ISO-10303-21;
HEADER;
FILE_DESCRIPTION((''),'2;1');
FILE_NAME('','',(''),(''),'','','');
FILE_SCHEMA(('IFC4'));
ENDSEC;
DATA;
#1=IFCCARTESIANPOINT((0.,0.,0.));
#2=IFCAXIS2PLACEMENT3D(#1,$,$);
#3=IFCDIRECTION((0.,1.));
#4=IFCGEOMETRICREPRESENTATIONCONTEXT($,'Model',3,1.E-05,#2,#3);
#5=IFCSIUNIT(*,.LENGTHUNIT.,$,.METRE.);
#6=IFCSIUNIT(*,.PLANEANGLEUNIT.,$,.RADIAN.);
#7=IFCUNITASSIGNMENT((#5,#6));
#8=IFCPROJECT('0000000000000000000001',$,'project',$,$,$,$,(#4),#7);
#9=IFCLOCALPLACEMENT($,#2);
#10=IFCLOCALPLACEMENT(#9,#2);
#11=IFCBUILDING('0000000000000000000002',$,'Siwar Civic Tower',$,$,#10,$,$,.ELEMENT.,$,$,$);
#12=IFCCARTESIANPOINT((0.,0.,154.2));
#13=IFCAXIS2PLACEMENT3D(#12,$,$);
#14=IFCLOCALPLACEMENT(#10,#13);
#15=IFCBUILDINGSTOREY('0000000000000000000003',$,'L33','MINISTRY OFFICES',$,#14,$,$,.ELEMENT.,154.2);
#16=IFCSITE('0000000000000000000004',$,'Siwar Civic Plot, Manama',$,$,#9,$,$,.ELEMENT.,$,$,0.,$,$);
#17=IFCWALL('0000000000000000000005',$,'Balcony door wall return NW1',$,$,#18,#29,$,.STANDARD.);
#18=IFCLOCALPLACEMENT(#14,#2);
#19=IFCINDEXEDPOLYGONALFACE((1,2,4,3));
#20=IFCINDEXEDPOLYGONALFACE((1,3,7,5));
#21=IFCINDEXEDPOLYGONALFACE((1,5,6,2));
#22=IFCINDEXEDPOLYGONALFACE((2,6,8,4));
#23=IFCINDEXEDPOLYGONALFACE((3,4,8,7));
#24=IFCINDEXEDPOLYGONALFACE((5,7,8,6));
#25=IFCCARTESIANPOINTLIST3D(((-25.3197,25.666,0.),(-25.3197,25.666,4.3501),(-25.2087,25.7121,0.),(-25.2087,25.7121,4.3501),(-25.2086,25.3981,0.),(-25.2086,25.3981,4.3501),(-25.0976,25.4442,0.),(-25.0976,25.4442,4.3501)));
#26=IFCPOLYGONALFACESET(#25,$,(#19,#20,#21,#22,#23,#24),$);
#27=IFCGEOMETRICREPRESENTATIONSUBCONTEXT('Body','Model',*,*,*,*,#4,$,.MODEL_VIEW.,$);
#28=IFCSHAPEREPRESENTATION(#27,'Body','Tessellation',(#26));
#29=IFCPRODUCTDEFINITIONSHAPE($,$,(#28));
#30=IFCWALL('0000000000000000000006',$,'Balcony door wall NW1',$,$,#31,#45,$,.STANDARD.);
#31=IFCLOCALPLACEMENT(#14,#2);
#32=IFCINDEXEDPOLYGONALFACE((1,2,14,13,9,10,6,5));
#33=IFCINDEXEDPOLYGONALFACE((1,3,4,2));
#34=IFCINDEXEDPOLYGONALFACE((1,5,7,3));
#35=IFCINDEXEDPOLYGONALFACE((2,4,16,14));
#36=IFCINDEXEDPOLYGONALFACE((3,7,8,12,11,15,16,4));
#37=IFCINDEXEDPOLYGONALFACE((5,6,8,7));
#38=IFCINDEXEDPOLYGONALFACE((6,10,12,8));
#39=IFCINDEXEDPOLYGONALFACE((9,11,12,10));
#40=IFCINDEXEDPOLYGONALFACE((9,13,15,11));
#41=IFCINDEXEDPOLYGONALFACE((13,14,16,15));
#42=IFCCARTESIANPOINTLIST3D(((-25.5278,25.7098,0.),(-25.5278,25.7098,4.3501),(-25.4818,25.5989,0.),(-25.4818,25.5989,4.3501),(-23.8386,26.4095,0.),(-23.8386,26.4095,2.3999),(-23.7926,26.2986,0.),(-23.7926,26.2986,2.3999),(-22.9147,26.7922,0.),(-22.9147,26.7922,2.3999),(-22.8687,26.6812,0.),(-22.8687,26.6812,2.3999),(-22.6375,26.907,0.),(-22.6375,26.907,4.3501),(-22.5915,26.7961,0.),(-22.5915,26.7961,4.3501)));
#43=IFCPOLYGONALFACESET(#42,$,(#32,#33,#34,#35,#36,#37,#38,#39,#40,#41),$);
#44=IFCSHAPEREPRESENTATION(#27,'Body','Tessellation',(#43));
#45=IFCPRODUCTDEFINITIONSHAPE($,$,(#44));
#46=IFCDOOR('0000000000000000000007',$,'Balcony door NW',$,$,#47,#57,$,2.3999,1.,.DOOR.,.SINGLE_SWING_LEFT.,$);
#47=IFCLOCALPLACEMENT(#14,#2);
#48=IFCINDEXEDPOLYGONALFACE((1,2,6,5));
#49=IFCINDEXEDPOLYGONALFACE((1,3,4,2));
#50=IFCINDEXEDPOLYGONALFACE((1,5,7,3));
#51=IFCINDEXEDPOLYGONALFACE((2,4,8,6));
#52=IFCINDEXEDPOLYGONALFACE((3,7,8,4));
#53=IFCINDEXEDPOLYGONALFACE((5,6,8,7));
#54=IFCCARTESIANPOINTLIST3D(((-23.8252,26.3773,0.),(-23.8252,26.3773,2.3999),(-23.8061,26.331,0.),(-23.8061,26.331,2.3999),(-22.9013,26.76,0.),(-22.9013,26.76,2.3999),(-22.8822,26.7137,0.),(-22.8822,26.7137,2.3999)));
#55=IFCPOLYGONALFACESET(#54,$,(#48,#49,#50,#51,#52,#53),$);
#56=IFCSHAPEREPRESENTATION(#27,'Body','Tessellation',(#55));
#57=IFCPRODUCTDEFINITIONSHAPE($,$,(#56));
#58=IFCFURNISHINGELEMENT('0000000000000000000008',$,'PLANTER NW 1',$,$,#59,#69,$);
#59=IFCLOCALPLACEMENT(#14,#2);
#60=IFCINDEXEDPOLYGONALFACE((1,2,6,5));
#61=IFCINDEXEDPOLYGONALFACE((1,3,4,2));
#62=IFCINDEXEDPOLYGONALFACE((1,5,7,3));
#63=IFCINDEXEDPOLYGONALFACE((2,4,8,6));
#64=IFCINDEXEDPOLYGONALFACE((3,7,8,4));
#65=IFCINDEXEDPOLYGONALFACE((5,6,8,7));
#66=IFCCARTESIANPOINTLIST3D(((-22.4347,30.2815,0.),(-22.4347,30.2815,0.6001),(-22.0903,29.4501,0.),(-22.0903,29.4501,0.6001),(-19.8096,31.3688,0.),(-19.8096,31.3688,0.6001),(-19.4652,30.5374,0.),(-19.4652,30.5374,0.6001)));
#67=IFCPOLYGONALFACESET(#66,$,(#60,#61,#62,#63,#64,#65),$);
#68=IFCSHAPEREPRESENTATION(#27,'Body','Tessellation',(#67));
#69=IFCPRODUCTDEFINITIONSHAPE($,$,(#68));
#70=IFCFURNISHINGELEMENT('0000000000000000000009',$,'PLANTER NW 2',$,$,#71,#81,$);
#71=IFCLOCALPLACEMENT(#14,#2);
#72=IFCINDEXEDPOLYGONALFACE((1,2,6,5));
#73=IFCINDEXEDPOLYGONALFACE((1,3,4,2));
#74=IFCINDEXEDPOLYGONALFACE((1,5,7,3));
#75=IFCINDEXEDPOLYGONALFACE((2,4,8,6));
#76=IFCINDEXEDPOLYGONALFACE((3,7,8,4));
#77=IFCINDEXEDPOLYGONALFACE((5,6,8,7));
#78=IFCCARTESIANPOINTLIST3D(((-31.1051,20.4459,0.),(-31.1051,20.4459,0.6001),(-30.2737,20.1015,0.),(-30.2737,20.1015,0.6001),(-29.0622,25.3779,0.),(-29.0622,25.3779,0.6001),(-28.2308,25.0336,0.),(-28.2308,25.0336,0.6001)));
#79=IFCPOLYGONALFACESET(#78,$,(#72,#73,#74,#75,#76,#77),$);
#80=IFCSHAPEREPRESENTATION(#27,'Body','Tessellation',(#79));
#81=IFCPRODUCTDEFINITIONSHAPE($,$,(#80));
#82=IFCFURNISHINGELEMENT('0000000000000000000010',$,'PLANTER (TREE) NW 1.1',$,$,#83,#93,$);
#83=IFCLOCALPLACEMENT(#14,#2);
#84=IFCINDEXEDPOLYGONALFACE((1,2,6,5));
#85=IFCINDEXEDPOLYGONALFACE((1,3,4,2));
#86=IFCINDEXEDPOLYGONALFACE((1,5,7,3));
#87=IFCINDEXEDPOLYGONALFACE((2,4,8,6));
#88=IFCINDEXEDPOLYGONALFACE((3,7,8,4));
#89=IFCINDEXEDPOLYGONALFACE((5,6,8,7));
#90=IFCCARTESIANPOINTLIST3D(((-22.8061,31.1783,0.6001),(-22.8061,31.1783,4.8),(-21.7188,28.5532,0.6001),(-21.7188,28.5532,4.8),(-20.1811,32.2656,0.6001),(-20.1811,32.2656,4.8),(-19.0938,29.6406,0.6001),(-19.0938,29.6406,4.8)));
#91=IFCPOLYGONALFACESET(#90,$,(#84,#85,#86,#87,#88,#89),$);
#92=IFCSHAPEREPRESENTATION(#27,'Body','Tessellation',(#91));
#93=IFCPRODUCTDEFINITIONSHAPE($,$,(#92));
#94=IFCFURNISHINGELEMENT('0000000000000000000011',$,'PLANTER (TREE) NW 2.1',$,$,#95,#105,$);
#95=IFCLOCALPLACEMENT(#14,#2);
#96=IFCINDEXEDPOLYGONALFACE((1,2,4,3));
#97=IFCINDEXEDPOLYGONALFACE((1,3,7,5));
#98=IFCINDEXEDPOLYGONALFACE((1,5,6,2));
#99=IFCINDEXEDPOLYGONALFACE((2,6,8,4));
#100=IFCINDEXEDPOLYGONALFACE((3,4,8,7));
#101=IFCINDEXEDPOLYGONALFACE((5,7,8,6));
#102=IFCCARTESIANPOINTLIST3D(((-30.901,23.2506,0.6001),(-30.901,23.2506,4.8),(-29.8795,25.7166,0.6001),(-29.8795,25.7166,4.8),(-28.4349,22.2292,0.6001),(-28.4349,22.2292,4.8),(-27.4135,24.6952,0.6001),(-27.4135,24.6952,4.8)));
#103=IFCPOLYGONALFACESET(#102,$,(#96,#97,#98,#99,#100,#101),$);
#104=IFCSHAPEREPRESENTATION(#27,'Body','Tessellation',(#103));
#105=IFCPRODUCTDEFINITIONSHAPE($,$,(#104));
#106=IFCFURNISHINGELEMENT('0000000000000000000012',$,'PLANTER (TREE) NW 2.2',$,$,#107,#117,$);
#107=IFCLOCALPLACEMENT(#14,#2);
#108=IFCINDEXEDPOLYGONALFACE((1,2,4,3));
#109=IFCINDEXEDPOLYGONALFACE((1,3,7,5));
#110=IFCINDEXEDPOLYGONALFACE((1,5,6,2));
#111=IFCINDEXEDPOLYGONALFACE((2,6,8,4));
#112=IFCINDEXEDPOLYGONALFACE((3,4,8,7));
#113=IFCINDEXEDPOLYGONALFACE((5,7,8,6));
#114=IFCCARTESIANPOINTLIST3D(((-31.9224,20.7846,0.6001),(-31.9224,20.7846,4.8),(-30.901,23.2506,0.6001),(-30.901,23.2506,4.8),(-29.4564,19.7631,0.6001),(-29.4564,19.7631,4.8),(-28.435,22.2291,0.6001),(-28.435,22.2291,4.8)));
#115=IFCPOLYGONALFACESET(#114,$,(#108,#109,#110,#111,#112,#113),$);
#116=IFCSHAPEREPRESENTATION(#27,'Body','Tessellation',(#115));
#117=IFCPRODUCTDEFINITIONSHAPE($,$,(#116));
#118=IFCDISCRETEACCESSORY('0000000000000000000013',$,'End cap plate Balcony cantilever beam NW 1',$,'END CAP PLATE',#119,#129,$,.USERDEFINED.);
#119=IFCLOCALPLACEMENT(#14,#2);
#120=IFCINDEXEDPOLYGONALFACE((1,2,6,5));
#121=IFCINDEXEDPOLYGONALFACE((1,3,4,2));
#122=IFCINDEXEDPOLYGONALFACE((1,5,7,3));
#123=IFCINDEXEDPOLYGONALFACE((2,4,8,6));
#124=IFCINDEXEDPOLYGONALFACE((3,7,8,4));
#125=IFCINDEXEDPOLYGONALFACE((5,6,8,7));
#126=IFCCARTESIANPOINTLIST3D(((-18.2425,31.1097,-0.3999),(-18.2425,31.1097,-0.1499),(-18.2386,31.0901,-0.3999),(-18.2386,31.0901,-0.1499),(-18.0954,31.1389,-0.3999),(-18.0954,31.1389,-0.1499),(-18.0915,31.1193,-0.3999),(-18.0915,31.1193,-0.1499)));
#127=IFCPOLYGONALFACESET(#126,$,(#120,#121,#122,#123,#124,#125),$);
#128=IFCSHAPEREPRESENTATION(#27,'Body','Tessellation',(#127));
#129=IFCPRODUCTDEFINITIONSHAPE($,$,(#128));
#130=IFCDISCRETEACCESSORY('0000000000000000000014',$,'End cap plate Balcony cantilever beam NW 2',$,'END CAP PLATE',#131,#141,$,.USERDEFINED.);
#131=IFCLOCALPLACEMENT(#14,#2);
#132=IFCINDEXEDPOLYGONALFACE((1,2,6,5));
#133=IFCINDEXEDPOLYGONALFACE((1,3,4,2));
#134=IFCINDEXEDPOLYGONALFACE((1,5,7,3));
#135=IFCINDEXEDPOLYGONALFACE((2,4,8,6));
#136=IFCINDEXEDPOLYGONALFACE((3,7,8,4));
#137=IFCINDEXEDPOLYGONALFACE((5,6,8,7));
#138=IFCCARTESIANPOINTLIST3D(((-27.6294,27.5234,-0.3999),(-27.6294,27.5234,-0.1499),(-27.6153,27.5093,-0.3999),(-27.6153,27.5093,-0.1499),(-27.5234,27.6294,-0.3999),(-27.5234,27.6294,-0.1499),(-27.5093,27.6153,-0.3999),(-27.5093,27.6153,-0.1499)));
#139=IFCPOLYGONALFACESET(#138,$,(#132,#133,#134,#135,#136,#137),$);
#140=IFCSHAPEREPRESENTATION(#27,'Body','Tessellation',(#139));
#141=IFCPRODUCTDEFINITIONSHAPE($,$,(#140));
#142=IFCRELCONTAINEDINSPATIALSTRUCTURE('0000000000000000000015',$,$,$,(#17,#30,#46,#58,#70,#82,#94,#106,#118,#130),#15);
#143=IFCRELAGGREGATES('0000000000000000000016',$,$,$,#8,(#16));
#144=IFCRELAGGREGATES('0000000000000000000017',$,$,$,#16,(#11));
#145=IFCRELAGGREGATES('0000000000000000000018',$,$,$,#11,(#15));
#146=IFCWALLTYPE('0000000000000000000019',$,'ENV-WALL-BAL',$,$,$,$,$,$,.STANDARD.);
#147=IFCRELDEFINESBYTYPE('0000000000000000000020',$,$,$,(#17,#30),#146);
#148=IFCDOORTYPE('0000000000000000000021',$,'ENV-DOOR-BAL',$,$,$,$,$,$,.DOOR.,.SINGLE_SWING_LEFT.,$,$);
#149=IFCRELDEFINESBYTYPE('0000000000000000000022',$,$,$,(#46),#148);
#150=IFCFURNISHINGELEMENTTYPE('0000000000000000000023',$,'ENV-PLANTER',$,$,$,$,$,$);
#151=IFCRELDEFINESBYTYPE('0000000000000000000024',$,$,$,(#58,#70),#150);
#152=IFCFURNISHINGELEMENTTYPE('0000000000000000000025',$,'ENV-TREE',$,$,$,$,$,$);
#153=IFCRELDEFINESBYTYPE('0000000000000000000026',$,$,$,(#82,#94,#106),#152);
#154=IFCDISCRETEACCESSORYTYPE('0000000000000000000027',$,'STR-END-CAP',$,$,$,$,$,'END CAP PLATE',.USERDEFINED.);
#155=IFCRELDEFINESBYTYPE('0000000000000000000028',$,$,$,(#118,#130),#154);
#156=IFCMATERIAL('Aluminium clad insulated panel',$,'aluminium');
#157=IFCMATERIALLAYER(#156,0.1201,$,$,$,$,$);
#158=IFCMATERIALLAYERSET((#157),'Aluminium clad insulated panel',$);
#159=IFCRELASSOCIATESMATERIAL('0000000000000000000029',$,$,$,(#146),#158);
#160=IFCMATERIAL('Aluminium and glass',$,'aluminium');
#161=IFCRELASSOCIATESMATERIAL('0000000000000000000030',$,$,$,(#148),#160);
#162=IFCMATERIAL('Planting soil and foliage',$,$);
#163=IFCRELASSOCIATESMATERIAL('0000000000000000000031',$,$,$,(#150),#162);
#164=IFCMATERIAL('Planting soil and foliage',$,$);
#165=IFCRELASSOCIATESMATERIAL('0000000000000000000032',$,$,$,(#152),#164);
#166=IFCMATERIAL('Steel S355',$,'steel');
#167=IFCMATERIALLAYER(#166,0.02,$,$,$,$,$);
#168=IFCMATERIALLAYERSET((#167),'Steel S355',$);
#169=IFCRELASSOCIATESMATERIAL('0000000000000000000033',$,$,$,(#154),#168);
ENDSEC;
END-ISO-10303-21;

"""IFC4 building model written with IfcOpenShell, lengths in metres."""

from ifc_helpers import new_model, si_unit, direction, frame, frame_2d, origin, origin_2d, place, context, subcontext, project, spatial, rectangle, extrude, material, layer, layer_set, type_object, element, fill, save


model = new_model("IFC4")

# Units and contexts
model_context = context("Model", 3, precision=1e-05, world=origin(), true_north=direction((0.0, 1.0)))
body_context = subcontext(model_context, "Body", "Model", "MODEL_VIEW")
ifc_project = project(units=[si_unit("LENGTHUNIT", "METRE"), si_unit("PLANEANGLEUNIT", "RADIAN")], contexts=[model_context])

# Site, building, storey
site_placement = place(None, origin())
site = spatial("IfcSite", under=ifc_project, at=site_placement, Name="Siwar Civic Plot, Manama", CompositionType="ELEMENT", RefElevation=0.0)
building_placement = place(site_placement, origin())
building = spatial("IfcBuilding", under=site, at=building_placement, Name="Siwar Civic Tower", CompositionType="ELEMENT")
storey_placement = place(building_placement, frame((0.0, 0.0, 154.2)))
storey = spatial("IfcBuildingStorey", under=building, at=storey_placement, Name="L33", Description="MINISTRY OFFICES", CompositionType="ELEMENT", Elevation=154.2)

# Wall
ifc_material_1 = material(Name="Aluminium clad insulated panel", Category="aluminium")
ifc_layer_1 = layer(ifc_material_1, 0.1201)
ifc_layer_set_1 = layer_set([ifc_layer_1], Name="Aluminium clad insulated panel")
wall_type = type_object("IfcWallType", Name="ENV-WALL-BAL", PredefinedType="STANDARD", material=ifc_layer_set_1)
for number, where, z_axis, x_axis, name in (
    (1, (-25.1531, 25.4211, 0.0), (0.0, 0.0, 1.0), (-0.38312, 0.923699, 0.0), "Balcony door wall return NW1"),
):
    element("IfcWall", number, at=place(storey_placement, frame(where, z_axis=z_axis, x_axis=x_axis)), inside=storey, type_object=wall_type, Name=name, PredefinedType="STANDARD", context=body_context, shape_type="SweptSolid", body=[
        extrude(rectangle(XDim=0.29, YDim=0.1201, at=frame_2d((0.145, 0.0))), origin(), (0.0, 0.0, 1.0), 4.3501),
    ])

# Wall, opening, door
wall_placement = place(storey_placement, frame((-22.6145, 26.8516, 0.0), z_axis=(0.0, 0.0, 1.0), x_axis=(-0.923876, -0.382692, 0.0)))
wall = element("IfcWall", 2, at=wall_placement, inside=storey, type_object=wall_type, Name="Balcony door wall NW1", PredefinedType="STANDARD", context=body_context, shape_type="SweptSolid", body=[
    extrude(rectangle(XDim=3.1284, YDim=0.1201, at=frame_2d((1.5642, 0.0))), origin(), (0.0, 0.0, 1.0), 4.3501),
])
opening_placement = place(wall_placement, frame((0.3, 0.0, 0.0)))
opening = element("IfcOpeningElement", 3, at=opening_placement, cuts=wall, PredefinedType="OPENING", context=body_context, shape_type="SweptSolid", body=[
    extrude(rectangle(XDim=1.0, YDim=2.3999, at=frame_2d((0.5, 1.2))), frame((0.0, 0.0701, 0.0), z_axis=(0.0, -1.0, 0.0), x_axis=(1.0, 0.0, 0.0)), (0.0, 0.0, 1.0), 0.1401),
])
ifc_material_2 = material(Name="Aluminium and glass", Category="aluminium")
door_type = type_object("IfcDoorType", Name="ENV-DOOR-BAL", OperationType="SINGLE_SWING_LEFT", PredefinedType="DOOR", material=ifc_material_2)
door_placement = place(opening_placement, origin())
door = element("IfcDoor", 4, at=door_placement, inside=storey, type_object=door_type, Name="Balcony door NW", OperationType="SINGLE_SWING_LEFT", OverallHeight=2.3999, OverallWidth=1.0, PredefinedType="DOOR", context=body_context, shape_type="SweptSolid", body=[
    extrude(rectangle(XDim=1.0, YDim=2.3999, at=frame_2d((0.5, 1.2))), frame((0.0, 0.0249, 0.0), z_axis=(0.0, -1.0, 0.0), x_axis=(1.0, 0.0, 0.0)), (0.0, 0.0, 1.0), 0.05),
])
fill(opening, door)

# Furnishing elements
ifc_material_3 = material(Name="Planting soil and foliage")
furnishing_element_type_1 = type_object("IfcFurnishingElementType", Name="ENV-PLANTER", material=ifc_material_3)
furnishing_1_placement = place(storey_placement, frame((-20.95, 30.4094, 0.0), z_axis=(0.0, 0.0, 1.0), x_axis=(-0.92388, -0.382683, 0.0)))
element("IfcFurnishingElement", 5, at=furnishing_1_placement, inside=storey, type_object=furnishing_element_type_1, Name="PLANTER NW 1", context=body_context, shape_type="SweptSolid", body=[
    extrude(rectangle(XDim=2.8413, YDim=0.8999, at=origin_2d()), origin(), (0.0, 0.0, 1.0), 0.6001),
])
furnishing_2_placement = place(storey_placement, frame((-29.668, 22.7397, 0.0), z_axis=(0.0, 0.0, 1.0), x_axis=(-0.382683, -0.92388, 0.0)))
element("IfcFurnishingElement", 6, at=furnishing_2_placement, inside=storey, type_object=furnishing_element_type_1, Name="PLANTER NW 2", context=body_context, shape_type="SweptSolid", body=[
    extrude(rectangle(XDim=5.3384, YDim=0.8999, at=origin_2d()), origin(), (0.0, 0.0, 1.0), 0.6001),
])
ifc_material_4 = material(Name="Planting soil and foliage")
furnishing_element_type_2 = type_object("IfcFurnishingElementType", Name="ENV-TREE", material=ifc_material_4)
furnishing_3_placement = place(storey_placement, frame((-20.95, 30.4094, 0.6001), z_axis=(0.0, 0.0, 1.0), x_axis=(-0.92388, -0.382683, 0.0)))
element("IfcFurnishingElement", 7, at=furnishing_3_placement, inside=storey, type_object=furnishing_element_type_2, Name="PLANTER (TREE) NW 1.1", context=body_context, shape_type="SweptSolid", body=[
    extrude(rectangle(XDim=2.8413, YDim=2.8413, at=origin_2d()), origin(), (0.0, 0.0, 1.0), 4.2),
])
for number, where, z_axis, x_axis, name in (
    (8, (-29.1572, 23.9729, 0.6001), (0.0, 0.0, 1.0), (-0.382683, -0.92388, 0.0), "PLANTER (TREE) NW 2.1"),
    (9, (-30.1787, 21.5068, 0.6001), (0.0, 0.0, 1.0), (-0.382683, -0.92388, 0.0), "PLANTER (TREE) NW 2.2"),
):
    element("IfcFurnishingElement", number, at=place(storey_placement, frame(where, z_axis=z_axis, x_axis=x_axis)), inside=storey, type_object=furnishing_element_type_2, Name=name, context=body_context, shape_type="SweptSolid", body=[
        extrude(rectangle(XDim=2.6692, YDim=2.6692, at=origin_2d()), origin(), (0.0, 0.0, 1.0), 4.2),
    ])

# Discrete accessories
ifc_material_5 = material(Name="Steel S355", Category="steel")
ifc_layer_2 = layer(ifc_material_5, 0.02)
ifc_layer_set_2 = layer_set([ifc_layer_2], Name="Steel S355")
discrete_accessory_type = type_object("IfcDiscreteAccessoryType", Name="STR-END-CAP", ElementType="END CAP PLATE", PredefinedType="USERDEFINED", material=ifc_layer_set_2)
for number, where, z_axis, x_axis, name in (
    (10, (-18.167, 31.1145, -0.3999), (0.0, 0.0, 1.0), (-0.19509, 0.980785, 0.0), "End cap plate Balcony cantilever beam NW 1"),
    (11, (-27.5693, 27.5693, -0.3999), (0.0, 0.0, 1.0), (-0.707107, 0.707107, 0.0), "End cap plate Balcony cantilever beam NW 2"),
):
    element("IfcDiscreteAccessory", number, at=place(storey_placement, frame(where, z_axis=z_axis, x_axis=x_axis)), inside=storey, type_object=discrete_accessory_type, Name=name, ObjectType="END CAP PLATE", PredefinedType="USERDEFINED", context=body_context, shape_type="SweptSolid", body=[
        extrude(rectangle(XDim=0.02, YDim=0.1499, at=origin_2d()), origin(), (0.0, 0.0, 1.0), 0.25),
    ])

save(model, "model.ifc")
